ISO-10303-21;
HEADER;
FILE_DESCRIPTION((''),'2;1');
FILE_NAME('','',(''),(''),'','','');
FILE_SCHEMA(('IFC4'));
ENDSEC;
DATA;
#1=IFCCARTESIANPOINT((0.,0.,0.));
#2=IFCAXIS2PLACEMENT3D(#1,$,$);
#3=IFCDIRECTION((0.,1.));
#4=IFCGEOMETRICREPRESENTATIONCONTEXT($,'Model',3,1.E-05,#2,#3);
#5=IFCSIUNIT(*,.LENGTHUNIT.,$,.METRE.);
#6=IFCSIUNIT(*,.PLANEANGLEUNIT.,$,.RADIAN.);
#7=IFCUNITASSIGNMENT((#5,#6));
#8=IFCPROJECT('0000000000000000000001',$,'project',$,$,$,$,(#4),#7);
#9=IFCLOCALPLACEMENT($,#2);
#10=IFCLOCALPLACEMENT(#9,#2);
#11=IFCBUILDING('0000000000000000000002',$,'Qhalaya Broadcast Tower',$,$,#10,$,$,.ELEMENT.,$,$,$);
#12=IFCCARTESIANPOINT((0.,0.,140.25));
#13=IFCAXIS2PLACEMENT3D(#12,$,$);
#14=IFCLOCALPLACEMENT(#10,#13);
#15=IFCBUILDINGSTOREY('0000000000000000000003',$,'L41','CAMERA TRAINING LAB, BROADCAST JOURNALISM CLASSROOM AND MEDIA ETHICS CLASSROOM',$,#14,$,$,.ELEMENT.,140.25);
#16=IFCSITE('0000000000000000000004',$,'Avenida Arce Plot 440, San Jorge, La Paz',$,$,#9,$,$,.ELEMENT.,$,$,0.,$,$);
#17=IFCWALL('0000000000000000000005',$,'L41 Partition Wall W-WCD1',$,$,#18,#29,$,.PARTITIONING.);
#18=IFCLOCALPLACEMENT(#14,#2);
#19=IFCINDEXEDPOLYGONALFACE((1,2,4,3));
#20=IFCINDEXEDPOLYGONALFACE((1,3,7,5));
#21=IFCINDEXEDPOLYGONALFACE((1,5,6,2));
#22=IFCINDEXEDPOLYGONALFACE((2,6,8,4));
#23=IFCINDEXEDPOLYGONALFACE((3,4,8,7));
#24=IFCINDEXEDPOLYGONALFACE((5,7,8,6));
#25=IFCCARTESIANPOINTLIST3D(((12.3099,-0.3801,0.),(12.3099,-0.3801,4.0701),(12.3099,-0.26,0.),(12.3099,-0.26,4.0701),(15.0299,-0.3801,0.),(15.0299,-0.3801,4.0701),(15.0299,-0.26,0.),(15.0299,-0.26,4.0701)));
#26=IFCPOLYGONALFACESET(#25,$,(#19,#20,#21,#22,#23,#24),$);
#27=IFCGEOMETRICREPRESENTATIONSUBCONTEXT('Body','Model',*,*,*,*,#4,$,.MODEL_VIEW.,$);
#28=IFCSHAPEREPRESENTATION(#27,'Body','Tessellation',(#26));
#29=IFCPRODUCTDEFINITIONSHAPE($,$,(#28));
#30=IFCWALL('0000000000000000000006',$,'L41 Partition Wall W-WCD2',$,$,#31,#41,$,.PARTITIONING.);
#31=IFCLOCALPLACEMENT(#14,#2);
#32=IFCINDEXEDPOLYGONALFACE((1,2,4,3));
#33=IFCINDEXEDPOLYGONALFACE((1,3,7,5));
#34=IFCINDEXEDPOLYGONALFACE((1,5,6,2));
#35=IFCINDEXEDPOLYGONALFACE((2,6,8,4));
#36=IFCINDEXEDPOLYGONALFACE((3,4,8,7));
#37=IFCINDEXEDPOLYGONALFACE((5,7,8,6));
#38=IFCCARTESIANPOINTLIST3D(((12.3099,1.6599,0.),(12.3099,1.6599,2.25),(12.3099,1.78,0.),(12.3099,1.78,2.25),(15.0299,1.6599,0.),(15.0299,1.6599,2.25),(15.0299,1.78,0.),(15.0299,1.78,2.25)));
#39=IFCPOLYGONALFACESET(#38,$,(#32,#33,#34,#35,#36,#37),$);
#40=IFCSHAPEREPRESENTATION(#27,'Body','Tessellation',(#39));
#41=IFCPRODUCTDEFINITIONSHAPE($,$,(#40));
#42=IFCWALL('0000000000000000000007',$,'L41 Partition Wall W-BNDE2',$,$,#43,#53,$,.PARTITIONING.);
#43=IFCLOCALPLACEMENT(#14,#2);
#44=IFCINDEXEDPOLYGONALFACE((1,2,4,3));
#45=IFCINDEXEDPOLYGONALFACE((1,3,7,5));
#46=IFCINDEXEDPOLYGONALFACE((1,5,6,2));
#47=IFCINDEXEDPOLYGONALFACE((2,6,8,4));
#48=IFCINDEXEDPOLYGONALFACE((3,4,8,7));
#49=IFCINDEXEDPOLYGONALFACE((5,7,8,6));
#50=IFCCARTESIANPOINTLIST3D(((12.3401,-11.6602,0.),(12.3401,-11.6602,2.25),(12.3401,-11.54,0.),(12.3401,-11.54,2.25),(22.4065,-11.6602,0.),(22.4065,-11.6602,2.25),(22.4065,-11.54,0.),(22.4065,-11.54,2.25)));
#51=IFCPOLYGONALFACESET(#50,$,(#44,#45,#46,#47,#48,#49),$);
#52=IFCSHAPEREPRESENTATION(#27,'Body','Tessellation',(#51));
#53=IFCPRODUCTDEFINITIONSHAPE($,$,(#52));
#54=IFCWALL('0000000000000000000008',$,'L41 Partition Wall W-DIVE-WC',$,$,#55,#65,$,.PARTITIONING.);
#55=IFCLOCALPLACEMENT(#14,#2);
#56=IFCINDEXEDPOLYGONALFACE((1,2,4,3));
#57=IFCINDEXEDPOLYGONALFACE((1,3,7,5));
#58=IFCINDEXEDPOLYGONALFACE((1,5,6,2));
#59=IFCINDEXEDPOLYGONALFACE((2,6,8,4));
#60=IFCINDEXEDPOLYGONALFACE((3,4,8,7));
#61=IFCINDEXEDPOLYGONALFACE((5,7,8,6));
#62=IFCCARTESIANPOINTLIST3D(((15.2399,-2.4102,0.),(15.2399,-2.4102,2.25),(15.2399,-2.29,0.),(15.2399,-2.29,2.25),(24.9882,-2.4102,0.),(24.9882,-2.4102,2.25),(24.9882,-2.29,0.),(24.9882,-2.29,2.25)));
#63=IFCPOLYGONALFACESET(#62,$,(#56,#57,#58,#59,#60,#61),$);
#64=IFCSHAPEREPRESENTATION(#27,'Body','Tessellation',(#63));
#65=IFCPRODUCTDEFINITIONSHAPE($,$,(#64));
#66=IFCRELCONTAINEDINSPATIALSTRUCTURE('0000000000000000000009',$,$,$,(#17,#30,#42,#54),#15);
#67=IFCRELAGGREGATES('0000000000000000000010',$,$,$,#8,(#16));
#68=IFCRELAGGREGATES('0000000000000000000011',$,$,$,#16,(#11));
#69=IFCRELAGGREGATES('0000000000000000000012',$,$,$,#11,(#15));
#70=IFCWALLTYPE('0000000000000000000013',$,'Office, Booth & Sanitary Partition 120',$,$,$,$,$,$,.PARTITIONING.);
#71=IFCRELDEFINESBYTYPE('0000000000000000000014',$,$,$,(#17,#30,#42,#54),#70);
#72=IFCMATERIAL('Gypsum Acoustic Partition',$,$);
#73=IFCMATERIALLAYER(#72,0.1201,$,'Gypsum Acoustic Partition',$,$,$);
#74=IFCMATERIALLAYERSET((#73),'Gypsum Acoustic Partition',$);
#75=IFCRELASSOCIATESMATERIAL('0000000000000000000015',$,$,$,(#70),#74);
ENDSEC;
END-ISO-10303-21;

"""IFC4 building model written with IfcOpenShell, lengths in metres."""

from ifc_helpers import new_model, si_unit, direction, frame, frame_2d, origin, place, context, subcontext, project, spatial, rectangle, extrude, material, layer, layer_set, type_object, element, save


model = new_model("IFC4")

# Units and contexts
model_context = context("Model", 3, precision=1e-05, world=origin(), true_north=direction((0.0, 1.0)))
body_context = subcontext(model_context, "Body", "Model", "MODEL_VIEW")
ifc_project = project(units=[si_unit("LENGTHUNIT", "METRE"), si_unit("PLANEANGLEUNIT", "RADIAN")], contexts=[model_context])

# Site, building, storey
site_placement = place(None, origin())
site = spatial("IfcSite", under=ifc_project, at=site_placement, Name="Avenida Arce Plot 440, San Jorge, La Paz", CompositionType="ELEMENT", RefElevation=0.0)
building_placement = place(site_placement, origin())
building = spatial("IfcBuilding", under=site, at=building_placement, Name="Qhalaya Broadcast Tower", CompositionType="ELEMENT")
storey_placement = place(building_placement, frame((0.0, 0.0, 140.25)))
storey = spatial("IfcBuildingStorey", under=building, at=storey_placement, Name="L41", Description="CAMERA TRAINING LAB, BROADCAST JOURNALISM CLASSROOM AND MEDIA ETHICS CLASSROOM", CompositionType="ELEMENT", Elevation=140.25)

# Shared definitions
ifc_material_1 = material(Name="Gypsum Acoustic Partition")
ifc_layer_1 = layer(ifc_material_1, 0.1201, Name="Gypsum Acoustic Partition")
ifc_layer_set_1 = layer_set([ifc_layer_1], Name="Gypsum Acoustic Partition")
wall_type_1 = type_object("IfcWallType", Name="Office, Booth & Sanitary Partition 120", PredefinedType="PARTITIONING", material=ifc_layer_set_1)

# Walls
wall_1_placement = place(storey_placement, frame((12.3101, -0.3201, 0.0), z_axis=(0.0, 0.0, 1.0), x_axis=(1.0, 0.0, 0.0)))
element("IfcWall", 1, at=wall_1_placement, inside=storey, type_object=wall_type_1, Name="L41 Partition Wall W-WCD1", PredefinedType="PARTITIONING", context=body_context, shape_type="SweptSolid", body=[
    extrude(rectangle(XDim=2.72, YDim=0.1201, at=frame_2d((1.3599, 0.0))), origin(), (0.0, 0.0, 1.0), 4.0701),
])
wall_2_placement = place(storey_placement, frame((12.3101, 1.72, 0.0), z_axis=(0.0, 0.0, 1.0), x_axis=(1.0, 0.0, 0.0)))
element("IfcWall", 2, at=wall_2_placement, inside=storey, type_object=wall_type_1, Name="L41 Partition Wall W-WCD2", PredefinedType="PARTITIONING", context=body_context, shape_type="SweptSolid", body=[
    extrude(rectangle(XDim=2.72, YDim=0.1201, at=frame_2d((1.3599, 0.0))), origin(), (0.0, 0.0, 1.0), 2.25),
])
wall_3_placement = place(storey_placement, frame((12.3401, -11.6001, 0.0), z_axis=(0.0, 0.0, 1.0), x_axis=(1.0, 0.0, 0.0)))
element("IfcWall", 3, at=wall_3_placement, inside=storey, type_object=wall_type_1, Name="L41 Partition Wall W-BNDE2", PredefinedType="PARTITIONING", context=body_context, shape_type="SweptSolid", body=[
    extrude(rectangle(XDim=10.0664, YDim=0.1201, at=frame_2d((5.0332, 0.0))), origin(), (0.0, 0.0, 1.0), 2.25),
])
wall_4_placement = place(storey_placement, frame((15.24, -2.3501, 0.0), z_axis=(0.0, 0.0, 1.0), x_axis=(1.0, 0.0, 0.0)))
element("IfcWall", 4, at=wall_4_placement, inside=storey, type_object=wall_type_1, Name="L41 Partition Wall W-DIVE-WC", PredefinedType="PARTITIONING", context=body_context, shape_type="SweptSolid", body=[
    extrude(rectangle(XDim=9.7483, YDim=0.1201, at=frame_2d((4.874, 0.0))), origin(), (0.0, 0.0, 1.0), 2.25),
])

save(model, "model.ifc")
